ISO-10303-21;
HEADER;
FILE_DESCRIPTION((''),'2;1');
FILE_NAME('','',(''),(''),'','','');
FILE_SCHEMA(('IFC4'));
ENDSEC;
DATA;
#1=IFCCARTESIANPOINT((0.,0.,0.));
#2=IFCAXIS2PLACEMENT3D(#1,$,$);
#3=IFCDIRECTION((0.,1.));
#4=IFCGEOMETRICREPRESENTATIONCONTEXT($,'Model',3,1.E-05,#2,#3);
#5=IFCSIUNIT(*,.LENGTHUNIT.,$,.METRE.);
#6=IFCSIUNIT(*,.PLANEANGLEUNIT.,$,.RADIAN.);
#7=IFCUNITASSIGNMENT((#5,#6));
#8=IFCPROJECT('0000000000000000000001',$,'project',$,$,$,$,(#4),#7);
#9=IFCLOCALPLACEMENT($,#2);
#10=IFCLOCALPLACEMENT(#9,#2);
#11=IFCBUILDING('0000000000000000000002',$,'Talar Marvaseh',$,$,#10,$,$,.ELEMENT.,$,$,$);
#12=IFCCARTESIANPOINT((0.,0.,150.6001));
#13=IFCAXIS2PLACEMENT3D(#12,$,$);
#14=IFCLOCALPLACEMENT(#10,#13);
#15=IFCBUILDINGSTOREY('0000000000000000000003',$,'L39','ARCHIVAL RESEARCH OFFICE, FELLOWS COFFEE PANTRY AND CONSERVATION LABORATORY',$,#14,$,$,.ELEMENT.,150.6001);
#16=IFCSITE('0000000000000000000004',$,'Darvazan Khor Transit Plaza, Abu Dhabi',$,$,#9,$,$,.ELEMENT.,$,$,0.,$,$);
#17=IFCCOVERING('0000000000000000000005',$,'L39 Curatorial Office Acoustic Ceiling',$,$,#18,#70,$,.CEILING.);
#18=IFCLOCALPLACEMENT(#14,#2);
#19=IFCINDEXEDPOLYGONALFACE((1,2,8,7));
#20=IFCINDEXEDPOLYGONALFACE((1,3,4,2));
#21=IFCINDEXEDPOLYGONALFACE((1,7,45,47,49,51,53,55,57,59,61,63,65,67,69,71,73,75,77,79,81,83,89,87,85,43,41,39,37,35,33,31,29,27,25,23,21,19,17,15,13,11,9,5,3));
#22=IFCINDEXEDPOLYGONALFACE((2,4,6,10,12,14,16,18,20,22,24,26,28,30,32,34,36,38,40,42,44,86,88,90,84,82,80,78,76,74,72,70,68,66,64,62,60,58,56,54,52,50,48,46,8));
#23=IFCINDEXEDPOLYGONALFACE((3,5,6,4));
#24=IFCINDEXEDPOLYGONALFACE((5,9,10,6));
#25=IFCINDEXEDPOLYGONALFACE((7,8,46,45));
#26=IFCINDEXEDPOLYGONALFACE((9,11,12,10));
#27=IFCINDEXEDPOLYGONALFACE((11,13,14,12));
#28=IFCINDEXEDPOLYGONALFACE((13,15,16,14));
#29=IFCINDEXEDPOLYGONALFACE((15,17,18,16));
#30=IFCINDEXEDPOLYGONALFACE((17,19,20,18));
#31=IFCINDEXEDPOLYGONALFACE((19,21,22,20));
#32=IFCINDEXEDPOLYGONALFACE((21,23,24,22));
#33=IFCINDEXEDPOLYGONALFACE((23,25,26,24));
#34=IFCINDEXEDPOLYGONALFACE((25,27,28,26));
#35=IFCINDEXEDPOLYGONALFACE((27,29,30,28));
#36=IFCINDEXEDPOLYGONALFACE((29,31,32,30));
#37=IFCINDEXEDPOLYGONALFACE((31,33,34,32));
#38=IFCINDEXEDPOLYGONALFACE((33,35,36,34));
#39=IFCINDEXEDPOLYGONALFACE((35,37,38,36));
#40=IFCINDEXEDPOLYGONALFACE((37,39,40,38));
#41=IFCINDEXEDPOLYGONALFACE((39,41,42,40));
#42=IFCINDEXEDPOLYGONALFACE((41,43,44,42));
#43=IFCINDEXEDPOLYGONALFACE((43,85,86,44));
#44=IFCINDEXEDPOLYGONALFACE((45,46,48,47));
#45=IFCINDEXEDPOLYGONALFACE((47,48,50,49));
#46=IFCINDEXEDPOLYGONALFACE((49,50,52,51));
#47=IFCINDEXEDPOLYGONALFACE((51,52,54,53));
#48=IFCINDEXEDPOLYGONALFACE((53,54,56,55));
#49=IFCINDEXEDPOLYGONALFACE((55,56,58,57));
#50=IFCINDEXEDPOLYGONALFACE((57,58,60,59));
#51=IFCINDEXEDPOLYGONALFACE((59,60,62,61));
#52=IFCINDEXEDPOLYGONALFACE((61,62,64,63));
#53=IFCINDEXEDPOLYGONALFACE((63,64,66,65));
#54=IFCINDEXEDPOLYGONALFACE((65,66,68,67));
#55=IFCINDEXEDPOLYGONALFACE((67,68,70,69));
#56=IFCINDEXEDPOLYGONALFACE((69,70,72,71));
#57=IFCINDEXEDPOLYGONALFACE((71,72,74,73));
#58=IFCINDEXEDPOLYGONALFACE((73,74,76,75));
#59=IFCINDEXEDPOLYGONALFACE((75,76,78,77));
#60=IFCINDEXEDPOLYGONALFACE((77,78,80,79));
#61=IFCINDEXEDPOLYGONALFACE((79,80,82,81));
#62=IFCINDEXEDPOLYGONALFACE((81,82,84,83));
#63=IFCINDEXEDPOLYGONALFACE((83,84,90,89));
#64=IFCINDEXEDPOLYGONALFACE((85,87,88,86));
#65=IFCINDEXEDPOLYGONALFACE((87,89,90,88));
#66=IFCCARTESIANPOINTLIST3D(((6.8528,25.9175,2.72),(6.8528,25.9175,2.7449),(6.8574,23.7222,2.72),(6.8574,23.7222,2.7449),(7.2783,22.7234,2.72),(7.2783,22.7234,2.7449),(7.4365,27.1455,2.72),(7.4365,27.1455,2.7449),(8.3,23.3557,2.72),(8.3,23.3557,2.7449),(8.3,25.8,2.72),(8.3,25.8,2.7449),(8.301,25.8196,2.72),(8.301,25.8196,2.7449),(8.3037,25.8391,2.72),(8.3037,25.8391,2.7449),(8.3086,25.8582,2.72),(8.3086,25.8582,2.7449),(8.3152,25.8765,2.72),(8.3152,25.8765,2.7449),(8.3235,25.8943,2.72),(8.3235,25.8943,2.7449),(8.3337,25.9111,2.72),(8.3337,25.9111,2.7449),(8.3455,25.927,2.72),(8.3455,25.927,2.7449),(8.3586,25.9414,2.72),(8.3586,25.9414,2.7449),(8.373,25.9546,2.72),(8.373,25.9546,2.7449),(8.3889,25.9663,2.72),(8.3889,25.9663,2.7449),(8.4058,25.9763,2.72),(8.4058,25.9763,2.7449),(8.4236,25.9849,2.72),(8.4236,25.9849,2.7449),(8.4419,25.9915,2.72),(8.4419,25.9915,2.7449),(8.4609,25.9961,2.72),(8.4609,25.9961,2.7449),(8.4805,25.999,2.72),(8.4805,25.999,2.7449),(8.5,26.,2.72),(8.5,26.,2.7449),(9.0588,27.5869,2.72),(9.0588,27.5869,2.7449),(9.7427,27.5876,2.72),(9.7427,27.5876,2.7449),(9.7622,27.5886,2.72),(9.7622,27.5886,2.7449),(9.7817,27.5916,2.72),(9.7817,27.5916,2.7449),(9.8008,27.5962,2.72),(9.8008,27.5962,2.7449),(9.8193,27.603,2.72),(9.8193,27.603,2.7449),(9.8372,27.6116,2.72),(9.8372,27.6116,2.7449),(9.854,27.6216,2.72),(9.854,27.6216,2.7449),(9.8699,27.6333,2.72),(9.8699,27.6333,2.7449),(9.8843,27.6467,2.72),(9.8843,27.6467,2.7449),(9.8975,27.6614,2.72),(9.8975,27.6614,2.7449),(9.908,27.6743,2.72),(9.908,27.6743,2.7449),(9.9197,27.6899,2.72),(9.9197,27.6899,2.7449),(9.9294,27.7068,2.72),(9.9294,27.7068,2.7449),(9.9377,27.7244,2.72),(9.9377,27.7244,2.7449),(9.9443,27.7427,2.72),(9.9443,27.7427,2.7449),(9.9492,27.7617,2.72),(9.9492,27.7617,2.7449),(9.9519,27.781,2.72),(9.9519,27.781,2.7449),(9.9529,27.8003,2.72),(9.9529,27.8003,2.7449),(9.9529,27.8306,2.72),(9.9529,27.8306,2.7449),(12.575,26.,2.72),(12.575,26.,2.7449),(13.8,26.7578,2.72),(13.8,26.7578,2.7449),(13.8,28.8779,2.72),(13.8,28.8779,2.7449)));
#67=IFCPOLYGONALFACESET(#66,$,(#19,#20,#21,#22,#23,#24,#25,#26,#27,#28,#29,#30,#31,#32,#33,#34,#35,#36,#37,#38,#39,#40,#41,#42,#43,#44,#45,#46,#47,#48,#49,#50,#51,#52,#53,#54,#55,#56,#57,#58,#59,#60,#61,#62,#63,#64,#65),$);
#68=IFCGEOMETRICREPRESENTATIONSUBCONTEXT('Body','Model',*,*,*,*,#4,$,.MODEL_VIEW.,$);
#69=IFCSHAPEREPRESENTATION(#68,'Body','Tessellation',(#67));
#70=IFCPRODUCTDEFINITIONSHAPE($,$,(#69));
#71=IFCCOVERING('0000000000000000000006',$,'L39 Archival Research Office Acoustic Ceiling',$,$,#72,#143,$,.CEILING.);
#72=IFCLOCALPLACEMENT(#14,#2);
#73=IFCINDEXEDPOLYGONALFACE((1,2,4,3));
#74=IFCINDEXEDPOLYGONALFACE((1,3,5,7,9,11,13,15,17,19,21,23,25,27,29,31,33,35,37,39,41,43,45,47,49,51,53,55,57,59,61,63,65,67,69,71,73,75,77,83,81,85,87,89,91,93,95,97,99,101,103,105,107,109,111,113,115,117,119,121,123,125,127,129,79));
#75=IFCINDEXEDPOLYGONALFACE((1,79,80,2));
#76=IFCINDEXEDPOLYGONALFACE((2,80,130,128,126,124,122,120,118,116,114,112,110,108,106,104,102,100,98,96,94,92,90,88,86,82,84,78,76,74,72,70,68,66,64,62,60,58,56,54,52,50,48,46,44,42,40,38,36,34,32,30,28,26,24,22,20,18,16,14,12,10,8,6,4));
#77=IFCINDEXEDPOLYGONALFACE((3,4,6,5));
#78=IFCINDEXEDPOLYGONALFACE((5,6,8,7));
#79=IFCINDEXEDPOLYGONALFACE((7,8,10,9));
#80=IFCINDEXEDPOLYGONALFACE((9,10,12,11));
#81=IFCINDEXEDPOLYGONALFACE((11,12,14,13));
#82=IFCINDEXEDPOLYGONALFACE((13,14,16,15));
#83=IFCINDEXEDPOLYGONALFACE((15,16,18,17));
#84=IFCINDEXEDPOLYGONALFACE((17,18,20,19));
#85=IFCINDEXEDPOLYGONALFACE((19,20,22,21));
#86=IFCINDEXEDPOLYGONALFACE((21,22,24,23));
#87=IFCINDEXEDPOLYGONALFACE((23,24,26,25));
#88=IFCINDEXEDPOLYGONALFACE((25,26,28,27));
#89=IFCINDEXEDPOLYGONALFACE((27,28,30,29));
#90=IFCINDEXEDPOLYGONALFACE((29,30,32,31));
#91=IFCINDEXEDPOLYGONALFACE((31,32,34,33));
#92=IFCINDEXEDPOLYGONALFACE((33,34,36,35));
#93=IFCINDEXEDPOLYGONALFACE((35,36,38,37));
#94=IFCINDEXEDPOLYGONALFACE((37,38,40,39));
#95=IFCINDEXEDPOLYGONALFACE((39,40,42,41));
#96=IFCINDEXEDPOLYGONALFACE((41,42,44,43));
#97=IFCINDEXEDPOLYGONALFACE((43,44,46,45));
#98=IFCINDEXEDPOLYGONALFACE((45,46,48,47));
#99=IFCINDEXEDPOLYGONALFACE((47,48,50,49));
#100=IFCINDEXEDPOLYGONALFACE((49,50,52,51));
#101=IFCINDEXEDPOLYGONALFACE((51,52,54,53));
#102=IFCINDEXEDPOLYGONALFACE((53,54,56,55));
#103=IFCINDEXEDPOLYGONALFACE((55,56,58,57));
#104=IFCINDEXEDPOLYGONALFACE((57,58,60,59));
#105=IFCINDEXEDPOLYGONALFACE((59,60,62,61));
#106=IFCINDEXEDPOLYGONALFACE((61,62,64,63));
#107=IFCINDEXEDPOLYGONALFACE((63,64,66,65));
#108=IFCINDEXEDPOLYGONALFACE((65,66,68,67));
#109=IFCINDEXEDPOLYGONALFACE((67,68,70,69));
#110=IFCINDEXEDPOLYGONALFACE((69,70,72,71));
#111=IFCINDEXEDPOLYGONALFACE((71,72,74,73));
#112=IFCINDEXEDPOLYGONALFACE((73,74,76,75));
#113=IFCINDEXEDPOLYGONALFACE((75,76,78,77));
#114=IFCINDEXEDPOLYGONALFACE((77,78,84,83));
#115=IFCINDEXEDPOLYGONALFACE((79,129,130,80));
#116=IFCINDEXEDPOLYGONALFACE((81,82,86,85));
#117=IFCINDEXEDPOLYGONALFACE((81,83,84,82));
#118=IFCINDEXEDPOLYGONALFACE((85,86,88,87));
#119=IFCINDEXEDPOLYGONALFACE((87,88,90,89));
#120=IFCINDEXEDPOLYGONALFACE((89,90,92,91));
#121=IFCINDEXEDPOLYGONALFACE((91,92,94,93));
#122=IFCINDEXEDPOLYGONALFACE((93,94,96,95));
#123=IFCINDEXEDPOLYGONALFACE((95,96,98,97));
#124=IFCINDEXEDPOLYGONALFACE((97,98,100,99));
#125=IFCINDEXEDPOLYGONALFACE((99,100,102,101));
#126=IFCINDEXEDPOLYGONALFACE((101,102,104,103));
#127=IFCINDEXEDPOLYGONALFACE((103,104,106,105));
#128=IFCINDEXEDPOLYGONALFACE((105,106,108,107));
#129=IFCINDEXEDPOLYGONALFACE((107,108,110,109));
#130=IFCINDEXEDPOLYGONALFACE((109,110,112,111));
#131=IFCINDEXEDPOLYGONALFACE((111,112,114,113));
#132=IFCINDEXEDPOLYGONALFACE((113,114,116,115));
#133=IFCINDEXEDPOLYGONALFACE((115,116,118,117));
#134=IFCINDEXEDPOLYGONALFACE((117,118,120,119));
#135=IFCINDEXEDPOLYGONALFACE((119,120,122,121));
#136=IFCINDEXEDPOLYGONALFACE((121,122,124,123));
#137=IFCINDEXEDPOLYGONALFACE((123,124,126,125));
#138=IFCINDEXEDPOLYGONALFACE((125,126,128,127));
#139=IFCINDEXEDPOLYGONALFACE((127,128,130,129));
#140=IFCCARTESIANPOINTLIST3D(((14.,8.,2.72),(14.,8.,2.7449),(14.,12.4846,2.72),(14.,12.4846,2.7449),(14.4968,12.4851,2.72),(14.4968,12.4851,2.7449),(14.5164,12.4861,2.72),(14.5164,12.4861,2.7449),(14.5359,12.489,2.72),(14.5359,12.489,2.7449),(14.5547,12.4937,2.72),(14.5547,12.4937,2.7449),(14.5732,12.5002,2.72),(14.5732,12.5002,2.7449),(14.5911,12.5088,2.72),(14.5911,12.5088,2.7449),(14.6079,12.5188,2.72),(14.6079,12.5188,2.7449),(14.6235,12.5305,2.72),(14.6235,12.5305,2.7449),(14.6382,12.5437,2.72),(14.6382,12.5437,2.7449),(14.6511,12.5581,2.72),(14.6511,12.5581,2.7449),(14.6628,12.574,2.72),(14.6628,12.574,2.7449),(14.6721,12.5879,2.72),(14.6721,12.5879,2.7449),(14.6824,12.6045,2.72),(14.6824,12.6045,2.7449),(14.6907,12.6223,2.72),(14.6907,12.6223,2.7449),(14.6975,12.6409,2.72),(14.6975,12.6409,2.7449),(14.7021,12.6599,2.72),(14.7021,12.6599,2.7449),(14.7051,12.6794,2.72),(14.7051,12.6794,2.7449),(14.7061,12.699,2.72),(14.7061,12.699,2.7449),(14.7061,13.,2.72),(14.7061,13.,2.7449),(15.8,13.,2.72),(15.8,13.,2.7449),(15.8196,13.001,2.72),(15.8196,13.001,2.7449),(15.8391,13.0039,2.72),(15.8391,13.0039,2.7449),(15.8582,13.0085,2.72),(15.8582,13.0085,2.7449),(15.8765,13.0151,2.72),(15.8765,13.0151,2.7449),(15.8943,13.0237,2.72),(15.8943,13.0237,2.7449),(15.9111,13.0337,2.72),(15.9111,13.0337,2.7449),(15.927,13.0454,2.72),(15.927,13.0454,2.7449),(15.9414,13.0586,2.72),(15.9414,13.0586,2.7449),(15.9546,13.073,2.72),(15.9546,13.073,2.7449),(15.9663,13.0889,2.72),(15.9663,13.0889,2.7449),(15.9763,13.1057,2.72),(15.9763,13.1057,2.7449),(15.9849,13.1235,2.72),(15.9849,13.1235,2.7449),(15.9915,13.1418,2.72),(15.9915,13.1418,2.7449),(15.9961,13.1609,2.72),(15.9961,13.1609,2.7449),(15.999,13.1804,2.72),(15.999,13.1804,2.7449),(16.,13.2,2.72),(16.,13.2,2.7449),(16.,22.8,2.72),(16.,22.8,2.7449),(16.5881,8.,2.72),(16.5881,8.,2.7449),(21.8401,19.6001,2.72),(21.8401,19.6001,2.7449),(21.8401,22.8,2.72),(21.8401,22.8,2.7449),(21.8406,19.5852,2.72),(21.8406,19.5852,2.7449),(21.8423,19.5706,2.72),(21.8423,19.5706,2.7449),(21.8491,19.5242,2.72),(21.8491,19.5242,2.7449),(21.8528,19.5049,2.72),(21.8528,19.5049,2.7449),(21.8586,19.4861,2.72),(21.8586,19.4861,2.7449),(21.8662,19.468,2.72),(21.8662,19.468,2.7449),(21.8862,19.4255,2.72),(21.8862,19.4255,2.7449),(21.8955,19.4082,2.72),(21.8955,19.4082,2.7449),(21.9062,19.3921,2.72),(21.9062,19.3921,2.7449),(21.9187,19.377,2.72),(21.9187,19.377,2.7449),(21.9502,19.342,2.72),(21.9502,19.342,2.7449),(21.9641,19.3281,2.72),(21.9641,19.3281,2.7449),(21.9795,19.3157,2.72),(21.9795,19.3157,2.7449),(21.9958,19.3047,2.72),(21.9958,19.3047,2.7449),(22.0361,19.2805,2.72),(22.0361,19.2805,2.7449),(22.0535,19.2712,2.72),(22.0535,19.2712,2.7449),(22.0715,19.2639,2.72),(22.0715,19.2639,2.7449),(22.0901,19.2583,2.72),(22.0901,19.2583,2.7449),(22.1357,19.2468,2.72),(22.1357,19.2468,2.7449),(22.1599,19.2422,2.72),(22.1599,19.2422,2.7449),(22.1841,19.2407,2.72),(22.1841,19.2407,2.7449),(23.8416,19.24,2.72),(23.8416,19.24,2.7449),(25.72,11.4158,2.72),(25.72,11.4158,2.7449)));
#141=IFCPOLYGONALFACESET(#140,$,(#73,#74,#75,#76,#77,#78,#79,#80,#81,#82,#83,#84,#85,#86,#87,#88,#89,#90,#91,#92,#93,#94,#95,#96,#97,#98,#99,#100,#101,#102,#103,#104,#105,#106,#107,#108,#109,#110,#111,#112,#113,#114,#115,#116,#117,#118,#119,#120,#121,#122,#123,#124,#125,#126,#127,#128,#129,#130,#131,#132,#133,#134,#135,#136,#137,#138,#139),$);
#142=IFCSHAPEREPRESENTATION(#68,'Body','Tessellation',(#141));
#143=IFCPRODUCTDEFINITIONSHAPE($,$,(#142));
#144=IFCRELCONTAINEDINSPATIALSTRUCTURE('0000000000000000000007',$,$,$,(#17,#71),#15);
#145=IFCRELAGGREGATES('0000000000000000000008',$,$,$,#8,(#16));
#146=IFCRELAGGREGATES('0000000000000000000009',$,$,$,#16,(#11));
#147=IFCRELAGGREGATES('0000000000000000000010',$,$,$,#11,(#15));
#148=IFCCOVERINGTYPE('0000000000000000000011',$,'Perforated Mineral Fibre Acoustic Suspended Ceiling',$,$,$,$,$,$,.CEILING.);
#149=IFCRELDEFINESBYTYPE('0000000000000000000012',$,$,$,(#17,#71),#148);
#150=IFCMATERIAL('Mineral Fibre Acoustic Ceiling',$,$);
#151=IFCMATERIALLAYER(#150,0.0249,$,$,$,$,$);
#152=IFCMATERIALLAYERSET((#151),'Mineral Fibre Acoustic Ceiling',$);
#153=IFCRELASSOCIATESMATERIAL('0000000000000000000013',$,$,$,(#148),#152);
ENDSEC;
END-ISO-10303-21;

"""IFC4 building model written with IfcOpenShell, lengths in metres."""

from ifc_helpers import new_model, si_unit, direction, frame, origin, place, context, subcontext, project, spatial, polyline, outline, extrude, material, layer, layer_set, type_object, element, save


model = new_model("IFC4")

# Units and contexts
model_context = context("Model", 3, precision=1e-05, world=origin(), true_north=direction((0.0, 1.0)))
body_context = subcontext(model_context, "Body", "Model", "MODEL_VIEW")
ifc_project = project(units=[si_unit("LENGTHUNIT", "METRE"), si_unit("PLANEANGLEUNIT", "RADIAN")], contexts=[model_context])

# Site, building, storey
site_placement = place(None, origin())
site = spatial("IfcSite", under=ifc_project, at=site_placement, Name="Darvazan Khor Transit Plaza, Abu Dhabi", CompositionType="ELEMENT", RefElevation=0.0)
building_placement = place(site_placement, origin())
building = spatial("IfcBuilding", under=site, at=building_placement, Name="Talar Marvaseh", CompositionType="ELEMENT")
storey_placement = place(building_placement, frame((0.0, 0.0, 150.6001)))
storey = spatial("IfcBuildingStorey", under=building, at=storey_placement, Name="L39", Description="ARCHIVAL RESEARCH OFFICE, FELLOWS COFFEE PANTRY AND CONSERVATION LABORATORY", CompositionType="ELEMENT", Elevation=150.6001)

# Coverings
ifc_material_1 = material(Name="Mineral Fibre Acoustic Ceiling")
ifc_layer_1 = layer(ifc_material_1, 0.0249)
ifc_layer_set_1 = layer_set([ifc_layer_1], Name="Mineral Fibre Acoustic Ceiling")
covering_type_1 = type_object("IfcCoveringType", Name="Perforated Mineral Fibre Acoustic Suspended Ceiling", PredefinedType="CEILING", material=ifc_layer_set_1)
covering_1_placement = place(storey_placement, frame((0.0, 0.0, 2.72)))
element("IfcCovering", 1, at=covering_1_placement, inside=storey, type_object=covering_type_1, Name="L39 Curatorial Office Acoustic Ceiling", PredefinedType="CEILING", context=body_context, shape_type="SweptSolid", body=[
    extrude(outline(polyline([(8.4805, 25.999), (8.4609, 25.9961), (8.4419, 25.9915), (8.4236, 25.9849), (8.4058, 25.9763), (8.3889, 25.9663), (8.373, 25.9546), (8.3586, 25.9414), (8.3455, 25.927), (8.3337, 25.9111), (8.3235, 25.8943), (8.3152, 25.8765), (8.3086, 25.8582), (8.3037, 25.8391), (8.301, 25.8196), (8.3, 25.8), (8.3, 23.3557), (7.2783, 22.7234), (6.8574, 23.7222), (6.8528, 25.9175), (7.4365, 27.1455), (9.0588, 27.5869), (9.7427, 27.5876), (9.7622, 27.5886), (9.7817, 27.5916), (9.8008, 27.5962), (9.8193, 27.603), (9.8372, 27.6116), (9.854, 27.6216), (9.8699, 27.6333), (9.8843, 27.6467), (9.8975, 27.6614), (9.908, 27.6743), (9.9197, 27.6899), (9.9294, 27.7068), (9.9377, 27.7244), (9.9443, 27.7427), (9.9492, 27.7617), (9.9519, 27.781), (9.9529, 27.8003), (9.9529, 27.8306), (13.8, 28.8779), (13.8, 26.7578), (12.575, 26.0), (8.5, 26.0), (8.4805, 25.999)])), origin(), (0.0, 0.0, 1.0), 0.0249),
])
covering_2_placement = place(storey_placement, frame((0.0, 0.0, 2.72)))
element("IfcCovering", 2, at=covering_2_placement, inside=storey, type_object=covering_type_1, Name="L39 Archival Research Office Acoustic Ceiling", PredefinedType="CEILING", context=body_context, shape_type="SweptSolid", body=[
    extrude(outline(polyline([(14.5164, 12.4861), (14.5359, 12.489), (14.5547, 12.4937), (14.5732, 12.5002), (14.5911, 12.5088), (14.6079, 12.5188), (14.6235, 12.5305), (14.6382, 12.5437), (14.6511, 12.5581), (14.6628, 12.574), (14.6721, 12.5879), (14.6824, 12.6045), (14.6907, 12.6223), (14.6975, 12.6409), (14.7021, 12.6599), (14.7051, 12.6794), (14.7061, 12.699), (14.7061, 13.0), (15.8, 13.0), (15.8196, 13.001), (15.8391, 13.0039), (15.8582, 13.0085), (15.8765, 13.0151), (15.8943, 13.0237), (15.9111, 13.0337), (15.927, 13.0454), (15.9414, 13.0586), (15.9546, 13.073), (15.9663, 13.0889), (15.9763, 13.1057), (15.9849, 13.1235), (15.9915, 13.1418), (15.9961, 13.1609), (15.999, 13.1804), (16.0, 13.2), (16.0, 22.8), (21.8401, 22.8), (21.8401, 19.6001), (21.8406, 19.5852), (21.8423, 19.5706), (21.8491, 19.5242), (21.8528, 19.5049), (21.8586, 19.4861), (21.8662, 19.468), (21.8862, 19.4255), (21.8955, 19.4082), (21.9062, 19.3921), (21.9187, 19.377), (21.9502, 19.342), (21.9641, 19.3281), (21.9795, 19.3157), (21.9958, 19.3047), (22.0361, 19.2805), (22.0535, 19.2712), (22.0715, 19.2639), (22.0901, 19.2583), (22.1357, 19.2468), (22.1599, 19.2422), (22.1841, 19.2407), (23.8416, 19.24), (25.72, 11.4158), (16.5881, 8.0), (14.0, 8.0), (14.0, 12.4846), (14.4968, 12.4851), (14.5164, 12.4861)])), origin(), (0.0, 0.0, 1.0), 0.0249),
])

save(model, "model.ifc")
